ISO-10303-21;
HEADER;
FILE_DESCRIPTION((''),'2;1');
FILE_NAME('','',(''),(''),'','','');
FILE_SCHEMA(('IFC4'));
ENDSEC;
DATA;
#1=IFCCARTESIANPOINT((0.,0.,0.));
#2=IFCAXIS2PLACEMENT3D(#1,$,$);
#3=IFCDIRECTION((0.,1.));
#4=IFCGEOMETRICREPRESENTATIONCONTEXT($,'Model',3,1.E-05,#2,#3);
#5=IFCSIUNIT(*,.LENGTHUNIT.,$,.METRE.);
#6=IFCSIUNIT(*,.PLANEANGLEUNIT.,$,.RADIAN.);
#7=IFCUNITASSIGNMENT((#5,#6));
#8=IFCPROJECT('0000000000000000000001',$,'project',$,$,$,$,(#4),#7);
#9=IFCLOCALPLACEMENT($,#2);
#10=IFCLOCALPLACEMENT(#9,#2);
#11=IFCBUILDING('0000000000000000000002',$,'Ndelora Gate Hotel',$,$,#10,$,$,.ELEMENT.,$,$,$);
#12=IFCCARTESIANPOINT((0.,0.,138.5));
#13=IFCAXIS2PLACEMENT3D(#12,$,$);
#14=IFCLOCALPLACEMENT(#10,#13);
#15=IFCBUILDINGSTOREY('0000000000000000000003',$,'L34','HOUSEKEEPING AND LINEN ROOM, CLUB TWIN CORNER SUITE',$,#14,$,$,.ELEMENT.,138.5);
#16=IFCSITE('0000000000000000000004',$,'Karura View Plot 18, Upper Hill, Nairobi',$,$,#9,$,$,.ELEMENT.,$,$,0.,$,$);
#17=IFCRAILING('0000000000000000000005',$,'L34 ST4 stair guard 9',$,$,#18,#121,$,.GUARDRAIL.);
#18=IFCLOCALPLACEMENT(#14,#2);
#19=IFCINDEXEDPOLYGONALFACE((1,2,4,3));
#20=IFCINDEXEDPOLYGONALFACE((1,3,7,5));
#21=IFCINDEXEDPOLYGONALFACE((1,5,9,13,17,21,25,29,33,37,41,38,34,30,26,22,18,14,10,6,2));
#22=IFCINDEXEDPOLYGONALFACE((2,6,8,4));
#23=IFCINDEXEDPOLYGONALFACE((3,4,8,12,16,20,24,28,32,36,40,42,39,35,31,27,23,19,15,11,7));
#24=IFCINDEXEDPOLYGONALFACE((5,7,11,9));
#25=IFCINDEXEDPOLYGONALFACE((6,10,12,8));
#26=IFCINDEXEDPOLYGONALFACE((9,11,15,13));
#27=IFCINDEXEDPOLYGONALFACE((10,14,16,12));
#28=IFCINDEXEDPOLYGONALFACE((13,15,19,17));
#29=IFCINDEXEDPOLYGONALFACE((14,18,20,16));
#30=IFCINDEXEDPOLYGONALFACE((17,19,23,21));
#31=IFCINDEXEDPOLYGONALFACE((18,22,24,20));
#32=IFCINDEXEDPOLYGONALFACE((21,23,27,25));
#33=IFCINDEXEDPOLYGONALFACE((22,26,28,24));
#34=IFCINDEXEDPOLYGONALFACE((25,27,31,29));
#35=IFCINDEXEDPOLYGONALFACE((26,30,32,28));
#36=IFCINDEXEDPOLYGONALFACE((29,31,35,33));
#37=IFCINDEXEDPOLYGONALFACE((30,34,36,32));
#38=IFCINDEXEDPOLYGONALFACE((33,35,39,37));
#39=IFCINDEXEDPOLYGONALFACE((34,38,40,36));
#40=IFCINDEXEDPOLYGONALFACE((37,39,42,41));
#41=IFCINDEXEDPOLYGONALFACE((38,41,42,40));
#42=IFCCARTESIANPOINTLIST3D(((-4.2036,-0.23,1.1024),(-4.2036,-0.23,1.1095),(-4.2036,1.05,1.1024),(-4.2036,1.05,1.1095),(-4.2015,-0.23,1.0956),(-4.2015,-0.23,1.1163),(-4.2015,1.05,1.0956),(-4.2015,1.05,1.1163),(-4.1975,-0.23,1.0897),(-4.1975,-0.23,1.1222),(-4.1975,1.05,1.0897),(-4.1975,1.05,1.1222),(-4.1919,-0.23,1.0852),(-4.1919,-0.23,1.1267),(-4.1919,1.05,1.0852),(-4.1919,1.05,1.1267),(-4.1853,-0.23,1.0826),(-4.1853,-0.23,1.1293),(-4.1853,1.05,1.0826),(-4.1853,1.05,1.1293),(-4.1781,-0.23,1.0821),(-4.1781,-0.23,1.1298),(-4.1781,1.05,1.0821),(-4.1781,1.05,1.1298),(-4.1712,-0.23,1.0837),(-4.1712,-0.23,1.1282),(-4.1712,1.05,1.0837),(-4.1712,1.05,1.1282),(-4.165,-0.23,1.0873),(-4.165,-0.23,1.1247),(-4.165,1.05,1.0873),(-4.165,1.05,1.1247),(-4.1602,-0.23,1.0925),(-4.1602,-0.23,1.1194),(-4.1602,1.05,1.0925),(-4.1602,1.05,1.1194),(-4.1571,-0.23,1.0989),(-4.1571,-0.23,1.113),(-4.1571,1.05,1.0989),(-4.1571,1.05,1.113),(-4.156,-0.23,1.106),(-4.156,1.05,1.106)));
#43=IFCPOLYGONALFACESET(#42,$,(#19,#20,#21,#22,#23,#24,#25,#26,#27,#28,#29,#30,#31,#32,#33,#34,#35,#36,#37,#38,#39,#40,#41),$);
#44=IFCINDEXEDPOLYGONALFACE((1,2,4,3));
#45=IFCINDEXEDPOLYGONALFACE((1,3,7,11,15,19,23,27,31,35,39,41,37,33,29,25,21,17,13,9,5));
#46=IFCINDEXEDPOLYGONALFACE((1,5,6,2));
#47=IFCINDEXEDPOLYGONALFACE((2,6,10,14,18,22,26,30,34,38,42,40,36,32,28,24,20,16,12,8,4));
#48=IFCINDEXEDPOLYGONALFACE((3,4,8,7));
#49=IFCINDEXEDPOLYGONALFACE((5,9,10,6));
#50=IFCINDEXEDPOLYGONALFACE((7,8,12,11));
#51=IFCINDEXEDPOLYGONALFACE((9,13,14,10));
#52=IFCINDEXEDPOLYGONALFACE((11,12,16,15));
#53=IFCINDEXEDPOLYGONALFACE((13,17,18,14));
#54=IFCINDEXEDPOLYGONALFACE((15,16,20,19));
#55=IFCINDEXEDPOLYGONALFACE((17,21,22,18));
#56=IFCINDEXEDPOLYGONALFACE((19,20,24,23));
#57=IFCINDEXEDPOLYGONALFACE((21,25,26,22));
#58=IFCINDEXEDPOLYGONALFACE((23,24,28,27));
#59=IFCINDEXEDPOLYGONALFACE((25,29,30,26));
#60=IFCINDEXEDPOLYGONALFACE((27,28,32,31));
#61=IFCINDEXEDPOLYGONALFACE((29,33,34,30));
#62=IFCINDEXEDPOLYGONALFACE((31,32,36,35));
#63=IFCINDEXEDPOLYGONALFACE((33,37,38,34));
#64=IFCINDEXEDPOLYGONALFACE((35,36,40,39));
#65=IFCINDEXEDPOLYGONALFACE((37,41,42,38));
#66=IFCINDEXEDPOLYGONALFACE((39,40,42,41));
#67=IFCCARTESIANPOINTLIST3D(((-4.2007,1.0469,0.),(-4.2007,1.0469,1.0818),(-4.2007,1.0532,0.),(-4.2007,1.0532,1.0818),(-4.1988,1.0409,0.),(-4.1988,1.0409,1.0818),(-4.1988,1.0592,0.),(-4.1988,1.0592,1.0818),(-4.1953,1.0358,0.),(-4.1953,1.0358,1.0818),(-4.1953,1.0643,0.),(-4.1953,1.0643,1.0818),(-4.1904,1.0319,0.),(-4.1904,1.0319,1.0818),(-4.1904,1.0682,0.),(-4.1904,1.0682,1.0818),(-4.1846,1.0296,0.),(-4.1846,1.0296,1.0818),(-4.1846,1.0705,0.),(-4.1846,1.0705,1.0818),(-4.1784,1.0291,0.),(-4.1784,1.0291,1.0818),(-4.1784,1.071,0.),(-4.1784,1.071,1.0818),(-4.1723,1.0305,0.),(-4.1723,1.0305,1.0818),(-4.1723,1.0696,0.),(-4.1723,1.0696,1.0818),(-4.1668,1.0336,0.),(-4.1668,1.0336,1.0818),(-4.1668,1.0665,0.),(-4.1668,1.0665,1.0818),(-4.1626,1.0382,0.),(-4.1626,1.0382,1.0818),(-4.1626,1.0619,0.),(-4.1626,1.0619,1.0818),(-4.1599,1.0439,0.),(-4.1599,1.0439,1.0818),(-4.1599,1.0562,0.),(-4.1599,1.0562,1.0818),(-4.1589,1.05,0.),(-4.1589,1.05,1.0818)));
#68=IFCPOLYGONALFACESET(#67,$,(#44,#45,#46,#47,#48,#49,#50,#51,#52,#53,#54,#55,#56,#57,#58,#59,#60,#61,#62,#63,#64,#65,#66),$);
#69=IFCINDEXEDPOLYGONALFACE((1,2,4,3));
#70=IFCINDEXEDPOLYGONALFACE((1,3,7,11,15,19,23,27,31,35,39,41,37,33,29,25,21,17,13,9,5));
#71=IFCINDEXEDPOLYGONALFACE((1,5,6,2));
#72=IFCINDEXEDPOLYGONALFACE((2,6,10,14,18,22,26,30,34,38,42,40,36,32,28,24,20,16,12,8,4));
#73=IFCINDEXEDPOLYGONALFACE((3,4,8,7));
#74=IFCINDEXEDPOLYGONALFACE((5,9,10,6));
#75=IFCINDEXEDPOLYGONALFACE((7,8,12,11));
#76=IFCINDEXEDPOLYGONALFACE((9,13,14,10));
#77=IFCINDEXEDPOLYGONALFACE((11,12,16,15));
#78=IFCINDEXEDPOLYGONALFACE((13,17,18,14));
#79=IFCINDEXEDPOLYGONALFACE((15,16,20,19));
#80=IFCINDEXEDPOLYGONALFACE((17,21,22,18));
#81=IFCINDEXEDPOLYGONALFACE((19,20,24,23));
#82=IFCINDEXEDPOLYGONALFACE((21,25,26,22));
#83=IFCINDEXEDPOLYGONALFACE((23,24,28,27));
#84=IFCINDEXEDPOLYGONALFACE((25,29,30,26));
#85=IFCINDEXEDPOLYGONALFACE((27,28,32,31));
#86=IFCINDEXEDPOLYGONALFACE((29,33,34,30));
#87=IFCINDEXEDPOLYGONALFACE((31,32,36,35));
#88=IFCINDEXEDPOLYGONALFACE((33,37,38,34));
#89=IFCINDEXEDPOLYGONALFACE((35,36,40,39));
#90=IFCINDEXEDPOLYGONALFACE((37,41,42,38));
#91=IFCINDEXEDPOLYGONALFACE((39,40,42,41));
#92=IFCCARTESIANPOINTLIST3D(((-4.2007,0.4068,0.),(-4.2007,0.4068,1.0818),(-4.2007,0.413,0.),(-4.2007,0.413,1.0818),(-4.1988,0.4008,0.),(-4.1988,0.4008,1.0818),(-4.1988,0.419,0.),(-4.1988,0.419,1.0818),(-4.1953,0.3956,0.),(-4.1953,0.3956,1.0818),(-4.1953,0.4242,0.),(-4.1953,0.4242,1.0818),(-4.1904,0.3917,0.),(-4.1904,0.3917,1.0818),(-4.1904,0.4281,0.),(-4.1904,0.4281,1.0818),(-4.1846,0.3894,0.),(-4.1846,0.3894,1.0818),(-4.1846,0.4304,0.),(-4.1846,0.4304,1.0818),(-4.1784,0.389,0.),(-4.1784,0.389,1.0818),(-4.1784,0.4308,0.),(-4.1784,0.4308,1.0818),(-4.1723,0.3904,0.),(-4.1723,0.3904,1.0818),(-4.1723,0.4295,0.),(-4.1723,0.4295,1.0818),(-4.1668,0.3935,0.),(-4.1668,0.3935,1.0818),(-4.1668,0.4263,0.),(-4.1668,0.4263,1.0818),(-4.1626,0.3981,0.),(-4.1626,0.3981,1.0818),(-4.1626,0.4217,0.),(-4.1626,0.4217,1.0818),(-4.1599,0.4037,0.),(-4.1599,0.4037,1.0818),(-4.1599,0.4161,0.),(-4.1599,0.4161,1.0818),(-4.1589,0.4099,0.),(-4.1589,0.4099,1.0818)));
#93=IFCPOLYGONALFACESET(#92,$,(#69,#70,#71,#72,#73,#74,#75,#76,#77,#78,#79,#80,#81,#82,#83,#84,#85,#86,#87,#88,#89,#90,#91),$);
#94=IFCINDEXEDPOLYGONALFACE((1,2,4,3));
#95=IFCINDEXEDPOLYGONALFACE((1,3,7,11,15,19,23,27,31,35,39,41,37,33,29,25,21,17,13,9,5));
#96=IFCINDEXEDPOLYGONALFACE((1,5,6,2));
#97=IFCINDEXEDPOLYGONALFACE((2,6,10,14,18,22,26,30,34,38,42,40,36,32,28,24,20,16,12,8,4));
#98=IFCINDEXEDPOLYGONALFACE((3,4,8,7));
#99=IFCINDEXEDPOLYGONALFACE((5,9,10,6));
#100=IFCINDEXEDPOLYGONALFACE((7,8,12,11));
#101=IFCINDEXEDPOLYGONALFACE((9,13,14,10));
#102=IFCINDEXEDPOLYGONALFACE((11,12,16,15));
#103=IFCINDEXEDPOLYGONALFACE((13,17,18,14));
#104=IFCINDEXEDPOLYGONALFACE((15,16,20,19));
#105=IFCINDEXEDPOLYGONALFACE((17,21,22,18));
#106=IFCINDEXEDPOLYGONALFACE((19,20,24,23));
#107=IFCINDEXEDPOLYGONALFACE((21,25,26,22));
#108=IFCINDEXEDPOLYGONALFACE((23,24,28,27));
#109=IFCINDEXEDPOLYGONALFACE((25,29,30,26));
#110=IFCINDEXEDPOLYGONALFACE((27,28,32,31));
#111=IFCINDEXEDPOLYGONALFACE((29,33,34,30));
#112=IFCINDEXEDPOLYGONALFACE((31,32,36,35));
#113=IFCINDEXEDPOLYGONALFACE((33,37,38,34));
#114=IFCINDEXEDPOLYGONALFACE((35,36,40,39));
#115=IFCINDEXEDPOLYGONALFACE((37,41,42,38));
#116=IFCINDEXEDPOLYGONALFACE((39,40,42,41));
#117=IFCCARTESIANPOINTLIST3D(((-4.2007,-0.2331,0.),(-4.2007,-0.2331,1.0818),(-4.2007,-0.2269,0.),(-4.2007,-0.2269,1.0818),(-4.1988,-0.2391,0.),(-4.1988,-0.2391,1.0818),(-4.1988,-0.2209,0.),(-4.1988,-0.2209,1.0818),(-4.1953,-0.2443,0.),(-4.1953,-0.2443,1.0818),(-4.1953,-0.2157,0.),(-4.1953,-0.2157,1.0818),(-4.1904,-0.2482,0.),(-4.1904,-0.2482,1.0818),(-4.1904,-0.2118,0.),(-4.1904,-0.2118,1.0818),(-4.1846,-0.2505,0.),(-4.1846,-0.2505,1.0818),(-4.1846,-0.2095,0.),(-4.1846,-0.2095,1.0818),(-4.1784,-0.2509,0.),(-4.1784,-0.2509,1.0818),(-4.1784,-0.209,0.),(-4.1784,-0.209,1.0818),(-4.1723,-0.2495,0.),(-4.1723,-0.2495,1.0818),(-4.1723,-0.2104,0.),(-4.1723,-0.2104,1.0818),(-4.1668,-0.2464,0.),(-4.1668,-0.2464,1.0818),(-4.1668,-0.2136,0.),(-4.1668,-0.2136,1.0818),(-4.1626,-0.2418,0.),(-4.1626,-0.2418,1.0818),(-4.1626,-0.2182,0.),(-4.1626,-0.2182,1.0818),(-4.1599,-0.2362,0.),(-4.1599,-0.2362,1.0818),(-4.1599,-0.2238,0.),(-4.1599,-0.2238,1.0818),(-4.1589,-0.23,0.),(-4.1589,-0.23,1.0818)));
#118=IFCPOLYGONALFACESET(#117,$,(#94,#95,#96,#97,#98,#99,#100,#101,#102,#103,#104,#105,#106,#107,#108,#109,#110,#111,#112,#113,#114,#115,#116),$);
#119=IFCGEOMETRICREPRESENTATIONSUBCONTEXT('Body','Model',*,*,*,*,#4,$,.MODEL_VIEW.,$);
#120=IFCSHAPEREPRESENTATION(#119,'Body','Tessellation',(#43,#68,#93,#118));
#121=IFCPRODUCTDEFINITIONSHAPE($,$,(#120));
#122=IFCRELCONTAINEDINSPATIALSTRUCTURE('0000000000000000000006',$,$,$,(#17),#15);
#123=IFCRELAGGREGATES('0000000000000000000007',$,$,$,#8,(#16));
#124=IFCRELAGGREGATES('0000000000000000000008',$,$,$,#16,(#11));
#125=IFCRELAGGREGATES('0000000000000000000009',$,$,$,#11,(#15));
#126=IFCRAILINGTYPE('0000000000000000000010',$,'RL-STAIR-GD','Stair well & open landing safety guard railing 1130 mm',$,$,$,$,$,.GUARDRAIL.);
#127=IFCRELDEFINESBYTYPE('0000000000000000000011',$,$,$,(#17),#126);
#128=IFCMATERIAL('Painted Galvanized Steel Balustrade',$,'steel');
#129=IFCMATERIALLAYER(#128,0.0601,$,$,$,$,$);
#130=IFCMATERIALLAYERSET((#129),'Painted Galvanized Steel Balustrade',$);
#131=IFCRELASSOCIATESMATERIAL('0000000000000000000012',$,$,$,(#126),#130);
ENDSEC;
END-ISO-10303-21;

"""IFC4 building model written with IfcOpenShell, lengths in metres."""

from ifc_helpers import new_model, si_unit, direction, frame, origin, origin_2d, place, context, subcontext, project, spatial, circle, extrude, material, layer, layer_set, type_object, element, save


model = new_model("IFC4")

# Units and contexts
model_context = context("Model", 3, precision=1e-05, world=origin(), true_north=direction((0.0, 1.0)))
body_context = subcontext(model_context, "Body", "Model", "MODEL_VIEW")
ifc_project = project(units=[si_unit("LENGTHUNIT", "METRE"), si_unit("PLANEANGLEUNIT", "RADIAN")], contexts=[model_context])

# Site, building, storey
site_placement = place(None, origin())
site = spatial("IfcSite", under=ifc_project, at=site_placement, Name="Karura View Plot 18, Upper Hill, Nairobi", CompositionType="ELEMENT", RefElevation=0.0)
building_placement = place(site_placement, origin())
building = spatial("IfcBuilding", under=site, at=building_placement, Name="Ndelora Gate Hotel", CompositionType="ELEMENT")
storey_placement = place(building_placement, frame((0.0, 0.0, 138.5)))
storey = spatial("IfcBuildingStorey", under=building, at=storey_placement, Name="L34", Description="HOUSEKEEPING AND LINEN ROOM, CLUB TWIN CORNER SUITE", CompositionType="ELEMENT", Elevation=138.5)

# Railing
ifc_material_1 = material(Name="Painted Galvanized Steel Balustrade", Category="steel")
ifc_layer_1 = layer(ifc_material_1, 0.0601)
ifc_layer_set_1 = layer_set([ifc_layer_1], Name="Painted Galvanized Steel Balustrade")
railing_type = type_object("IfcRailingType", Name="RL-STAIR-GD", Description="Stair well & open landing safety guard railing 1130 mm", PredefinedType="GUARDRAIL", material=ifc_layer_set_1)
for number, where, name in (
    (1, (-4.1799, 1.05, 0.0), "L34 ST4 stair guard 9"),
):
    element("IfcRailing", number, at=place(storey_placement, frame(where)), inside=storey, type_object=railing_type, Name=name, PredefinedType="GUARDRAIL", context=body_context, shape_type="SweptSolid", body=[
        extrude(circle(Radius=0.0239, at=origin_2d()), frame((0.0, 0.0, 1.106), z_axis=(0.0, -1.0, 0.0), x_axis=(1.0, 0.0, 0.0)), (0.0, 0.0, 1.0), 1.28),
        extrude(circle(Radius=0.021, at=origin_2d()), origin(), (0.0, 0.0, 1.0), 1.0818),
        extrude(circle(Radius=0.021, at=origin_2d()), frame((0.0, -0.6401, 0.0)), (0.0, 0.0, 1.0), 1.0818),
        extrude(circle(Radius=0.021, at=origin_2d()), frame((0.0, -1.28, 0.0)), (0.0, 0.0, 1.0), 1.0818),
    ])

save(model, "model.ifc")
